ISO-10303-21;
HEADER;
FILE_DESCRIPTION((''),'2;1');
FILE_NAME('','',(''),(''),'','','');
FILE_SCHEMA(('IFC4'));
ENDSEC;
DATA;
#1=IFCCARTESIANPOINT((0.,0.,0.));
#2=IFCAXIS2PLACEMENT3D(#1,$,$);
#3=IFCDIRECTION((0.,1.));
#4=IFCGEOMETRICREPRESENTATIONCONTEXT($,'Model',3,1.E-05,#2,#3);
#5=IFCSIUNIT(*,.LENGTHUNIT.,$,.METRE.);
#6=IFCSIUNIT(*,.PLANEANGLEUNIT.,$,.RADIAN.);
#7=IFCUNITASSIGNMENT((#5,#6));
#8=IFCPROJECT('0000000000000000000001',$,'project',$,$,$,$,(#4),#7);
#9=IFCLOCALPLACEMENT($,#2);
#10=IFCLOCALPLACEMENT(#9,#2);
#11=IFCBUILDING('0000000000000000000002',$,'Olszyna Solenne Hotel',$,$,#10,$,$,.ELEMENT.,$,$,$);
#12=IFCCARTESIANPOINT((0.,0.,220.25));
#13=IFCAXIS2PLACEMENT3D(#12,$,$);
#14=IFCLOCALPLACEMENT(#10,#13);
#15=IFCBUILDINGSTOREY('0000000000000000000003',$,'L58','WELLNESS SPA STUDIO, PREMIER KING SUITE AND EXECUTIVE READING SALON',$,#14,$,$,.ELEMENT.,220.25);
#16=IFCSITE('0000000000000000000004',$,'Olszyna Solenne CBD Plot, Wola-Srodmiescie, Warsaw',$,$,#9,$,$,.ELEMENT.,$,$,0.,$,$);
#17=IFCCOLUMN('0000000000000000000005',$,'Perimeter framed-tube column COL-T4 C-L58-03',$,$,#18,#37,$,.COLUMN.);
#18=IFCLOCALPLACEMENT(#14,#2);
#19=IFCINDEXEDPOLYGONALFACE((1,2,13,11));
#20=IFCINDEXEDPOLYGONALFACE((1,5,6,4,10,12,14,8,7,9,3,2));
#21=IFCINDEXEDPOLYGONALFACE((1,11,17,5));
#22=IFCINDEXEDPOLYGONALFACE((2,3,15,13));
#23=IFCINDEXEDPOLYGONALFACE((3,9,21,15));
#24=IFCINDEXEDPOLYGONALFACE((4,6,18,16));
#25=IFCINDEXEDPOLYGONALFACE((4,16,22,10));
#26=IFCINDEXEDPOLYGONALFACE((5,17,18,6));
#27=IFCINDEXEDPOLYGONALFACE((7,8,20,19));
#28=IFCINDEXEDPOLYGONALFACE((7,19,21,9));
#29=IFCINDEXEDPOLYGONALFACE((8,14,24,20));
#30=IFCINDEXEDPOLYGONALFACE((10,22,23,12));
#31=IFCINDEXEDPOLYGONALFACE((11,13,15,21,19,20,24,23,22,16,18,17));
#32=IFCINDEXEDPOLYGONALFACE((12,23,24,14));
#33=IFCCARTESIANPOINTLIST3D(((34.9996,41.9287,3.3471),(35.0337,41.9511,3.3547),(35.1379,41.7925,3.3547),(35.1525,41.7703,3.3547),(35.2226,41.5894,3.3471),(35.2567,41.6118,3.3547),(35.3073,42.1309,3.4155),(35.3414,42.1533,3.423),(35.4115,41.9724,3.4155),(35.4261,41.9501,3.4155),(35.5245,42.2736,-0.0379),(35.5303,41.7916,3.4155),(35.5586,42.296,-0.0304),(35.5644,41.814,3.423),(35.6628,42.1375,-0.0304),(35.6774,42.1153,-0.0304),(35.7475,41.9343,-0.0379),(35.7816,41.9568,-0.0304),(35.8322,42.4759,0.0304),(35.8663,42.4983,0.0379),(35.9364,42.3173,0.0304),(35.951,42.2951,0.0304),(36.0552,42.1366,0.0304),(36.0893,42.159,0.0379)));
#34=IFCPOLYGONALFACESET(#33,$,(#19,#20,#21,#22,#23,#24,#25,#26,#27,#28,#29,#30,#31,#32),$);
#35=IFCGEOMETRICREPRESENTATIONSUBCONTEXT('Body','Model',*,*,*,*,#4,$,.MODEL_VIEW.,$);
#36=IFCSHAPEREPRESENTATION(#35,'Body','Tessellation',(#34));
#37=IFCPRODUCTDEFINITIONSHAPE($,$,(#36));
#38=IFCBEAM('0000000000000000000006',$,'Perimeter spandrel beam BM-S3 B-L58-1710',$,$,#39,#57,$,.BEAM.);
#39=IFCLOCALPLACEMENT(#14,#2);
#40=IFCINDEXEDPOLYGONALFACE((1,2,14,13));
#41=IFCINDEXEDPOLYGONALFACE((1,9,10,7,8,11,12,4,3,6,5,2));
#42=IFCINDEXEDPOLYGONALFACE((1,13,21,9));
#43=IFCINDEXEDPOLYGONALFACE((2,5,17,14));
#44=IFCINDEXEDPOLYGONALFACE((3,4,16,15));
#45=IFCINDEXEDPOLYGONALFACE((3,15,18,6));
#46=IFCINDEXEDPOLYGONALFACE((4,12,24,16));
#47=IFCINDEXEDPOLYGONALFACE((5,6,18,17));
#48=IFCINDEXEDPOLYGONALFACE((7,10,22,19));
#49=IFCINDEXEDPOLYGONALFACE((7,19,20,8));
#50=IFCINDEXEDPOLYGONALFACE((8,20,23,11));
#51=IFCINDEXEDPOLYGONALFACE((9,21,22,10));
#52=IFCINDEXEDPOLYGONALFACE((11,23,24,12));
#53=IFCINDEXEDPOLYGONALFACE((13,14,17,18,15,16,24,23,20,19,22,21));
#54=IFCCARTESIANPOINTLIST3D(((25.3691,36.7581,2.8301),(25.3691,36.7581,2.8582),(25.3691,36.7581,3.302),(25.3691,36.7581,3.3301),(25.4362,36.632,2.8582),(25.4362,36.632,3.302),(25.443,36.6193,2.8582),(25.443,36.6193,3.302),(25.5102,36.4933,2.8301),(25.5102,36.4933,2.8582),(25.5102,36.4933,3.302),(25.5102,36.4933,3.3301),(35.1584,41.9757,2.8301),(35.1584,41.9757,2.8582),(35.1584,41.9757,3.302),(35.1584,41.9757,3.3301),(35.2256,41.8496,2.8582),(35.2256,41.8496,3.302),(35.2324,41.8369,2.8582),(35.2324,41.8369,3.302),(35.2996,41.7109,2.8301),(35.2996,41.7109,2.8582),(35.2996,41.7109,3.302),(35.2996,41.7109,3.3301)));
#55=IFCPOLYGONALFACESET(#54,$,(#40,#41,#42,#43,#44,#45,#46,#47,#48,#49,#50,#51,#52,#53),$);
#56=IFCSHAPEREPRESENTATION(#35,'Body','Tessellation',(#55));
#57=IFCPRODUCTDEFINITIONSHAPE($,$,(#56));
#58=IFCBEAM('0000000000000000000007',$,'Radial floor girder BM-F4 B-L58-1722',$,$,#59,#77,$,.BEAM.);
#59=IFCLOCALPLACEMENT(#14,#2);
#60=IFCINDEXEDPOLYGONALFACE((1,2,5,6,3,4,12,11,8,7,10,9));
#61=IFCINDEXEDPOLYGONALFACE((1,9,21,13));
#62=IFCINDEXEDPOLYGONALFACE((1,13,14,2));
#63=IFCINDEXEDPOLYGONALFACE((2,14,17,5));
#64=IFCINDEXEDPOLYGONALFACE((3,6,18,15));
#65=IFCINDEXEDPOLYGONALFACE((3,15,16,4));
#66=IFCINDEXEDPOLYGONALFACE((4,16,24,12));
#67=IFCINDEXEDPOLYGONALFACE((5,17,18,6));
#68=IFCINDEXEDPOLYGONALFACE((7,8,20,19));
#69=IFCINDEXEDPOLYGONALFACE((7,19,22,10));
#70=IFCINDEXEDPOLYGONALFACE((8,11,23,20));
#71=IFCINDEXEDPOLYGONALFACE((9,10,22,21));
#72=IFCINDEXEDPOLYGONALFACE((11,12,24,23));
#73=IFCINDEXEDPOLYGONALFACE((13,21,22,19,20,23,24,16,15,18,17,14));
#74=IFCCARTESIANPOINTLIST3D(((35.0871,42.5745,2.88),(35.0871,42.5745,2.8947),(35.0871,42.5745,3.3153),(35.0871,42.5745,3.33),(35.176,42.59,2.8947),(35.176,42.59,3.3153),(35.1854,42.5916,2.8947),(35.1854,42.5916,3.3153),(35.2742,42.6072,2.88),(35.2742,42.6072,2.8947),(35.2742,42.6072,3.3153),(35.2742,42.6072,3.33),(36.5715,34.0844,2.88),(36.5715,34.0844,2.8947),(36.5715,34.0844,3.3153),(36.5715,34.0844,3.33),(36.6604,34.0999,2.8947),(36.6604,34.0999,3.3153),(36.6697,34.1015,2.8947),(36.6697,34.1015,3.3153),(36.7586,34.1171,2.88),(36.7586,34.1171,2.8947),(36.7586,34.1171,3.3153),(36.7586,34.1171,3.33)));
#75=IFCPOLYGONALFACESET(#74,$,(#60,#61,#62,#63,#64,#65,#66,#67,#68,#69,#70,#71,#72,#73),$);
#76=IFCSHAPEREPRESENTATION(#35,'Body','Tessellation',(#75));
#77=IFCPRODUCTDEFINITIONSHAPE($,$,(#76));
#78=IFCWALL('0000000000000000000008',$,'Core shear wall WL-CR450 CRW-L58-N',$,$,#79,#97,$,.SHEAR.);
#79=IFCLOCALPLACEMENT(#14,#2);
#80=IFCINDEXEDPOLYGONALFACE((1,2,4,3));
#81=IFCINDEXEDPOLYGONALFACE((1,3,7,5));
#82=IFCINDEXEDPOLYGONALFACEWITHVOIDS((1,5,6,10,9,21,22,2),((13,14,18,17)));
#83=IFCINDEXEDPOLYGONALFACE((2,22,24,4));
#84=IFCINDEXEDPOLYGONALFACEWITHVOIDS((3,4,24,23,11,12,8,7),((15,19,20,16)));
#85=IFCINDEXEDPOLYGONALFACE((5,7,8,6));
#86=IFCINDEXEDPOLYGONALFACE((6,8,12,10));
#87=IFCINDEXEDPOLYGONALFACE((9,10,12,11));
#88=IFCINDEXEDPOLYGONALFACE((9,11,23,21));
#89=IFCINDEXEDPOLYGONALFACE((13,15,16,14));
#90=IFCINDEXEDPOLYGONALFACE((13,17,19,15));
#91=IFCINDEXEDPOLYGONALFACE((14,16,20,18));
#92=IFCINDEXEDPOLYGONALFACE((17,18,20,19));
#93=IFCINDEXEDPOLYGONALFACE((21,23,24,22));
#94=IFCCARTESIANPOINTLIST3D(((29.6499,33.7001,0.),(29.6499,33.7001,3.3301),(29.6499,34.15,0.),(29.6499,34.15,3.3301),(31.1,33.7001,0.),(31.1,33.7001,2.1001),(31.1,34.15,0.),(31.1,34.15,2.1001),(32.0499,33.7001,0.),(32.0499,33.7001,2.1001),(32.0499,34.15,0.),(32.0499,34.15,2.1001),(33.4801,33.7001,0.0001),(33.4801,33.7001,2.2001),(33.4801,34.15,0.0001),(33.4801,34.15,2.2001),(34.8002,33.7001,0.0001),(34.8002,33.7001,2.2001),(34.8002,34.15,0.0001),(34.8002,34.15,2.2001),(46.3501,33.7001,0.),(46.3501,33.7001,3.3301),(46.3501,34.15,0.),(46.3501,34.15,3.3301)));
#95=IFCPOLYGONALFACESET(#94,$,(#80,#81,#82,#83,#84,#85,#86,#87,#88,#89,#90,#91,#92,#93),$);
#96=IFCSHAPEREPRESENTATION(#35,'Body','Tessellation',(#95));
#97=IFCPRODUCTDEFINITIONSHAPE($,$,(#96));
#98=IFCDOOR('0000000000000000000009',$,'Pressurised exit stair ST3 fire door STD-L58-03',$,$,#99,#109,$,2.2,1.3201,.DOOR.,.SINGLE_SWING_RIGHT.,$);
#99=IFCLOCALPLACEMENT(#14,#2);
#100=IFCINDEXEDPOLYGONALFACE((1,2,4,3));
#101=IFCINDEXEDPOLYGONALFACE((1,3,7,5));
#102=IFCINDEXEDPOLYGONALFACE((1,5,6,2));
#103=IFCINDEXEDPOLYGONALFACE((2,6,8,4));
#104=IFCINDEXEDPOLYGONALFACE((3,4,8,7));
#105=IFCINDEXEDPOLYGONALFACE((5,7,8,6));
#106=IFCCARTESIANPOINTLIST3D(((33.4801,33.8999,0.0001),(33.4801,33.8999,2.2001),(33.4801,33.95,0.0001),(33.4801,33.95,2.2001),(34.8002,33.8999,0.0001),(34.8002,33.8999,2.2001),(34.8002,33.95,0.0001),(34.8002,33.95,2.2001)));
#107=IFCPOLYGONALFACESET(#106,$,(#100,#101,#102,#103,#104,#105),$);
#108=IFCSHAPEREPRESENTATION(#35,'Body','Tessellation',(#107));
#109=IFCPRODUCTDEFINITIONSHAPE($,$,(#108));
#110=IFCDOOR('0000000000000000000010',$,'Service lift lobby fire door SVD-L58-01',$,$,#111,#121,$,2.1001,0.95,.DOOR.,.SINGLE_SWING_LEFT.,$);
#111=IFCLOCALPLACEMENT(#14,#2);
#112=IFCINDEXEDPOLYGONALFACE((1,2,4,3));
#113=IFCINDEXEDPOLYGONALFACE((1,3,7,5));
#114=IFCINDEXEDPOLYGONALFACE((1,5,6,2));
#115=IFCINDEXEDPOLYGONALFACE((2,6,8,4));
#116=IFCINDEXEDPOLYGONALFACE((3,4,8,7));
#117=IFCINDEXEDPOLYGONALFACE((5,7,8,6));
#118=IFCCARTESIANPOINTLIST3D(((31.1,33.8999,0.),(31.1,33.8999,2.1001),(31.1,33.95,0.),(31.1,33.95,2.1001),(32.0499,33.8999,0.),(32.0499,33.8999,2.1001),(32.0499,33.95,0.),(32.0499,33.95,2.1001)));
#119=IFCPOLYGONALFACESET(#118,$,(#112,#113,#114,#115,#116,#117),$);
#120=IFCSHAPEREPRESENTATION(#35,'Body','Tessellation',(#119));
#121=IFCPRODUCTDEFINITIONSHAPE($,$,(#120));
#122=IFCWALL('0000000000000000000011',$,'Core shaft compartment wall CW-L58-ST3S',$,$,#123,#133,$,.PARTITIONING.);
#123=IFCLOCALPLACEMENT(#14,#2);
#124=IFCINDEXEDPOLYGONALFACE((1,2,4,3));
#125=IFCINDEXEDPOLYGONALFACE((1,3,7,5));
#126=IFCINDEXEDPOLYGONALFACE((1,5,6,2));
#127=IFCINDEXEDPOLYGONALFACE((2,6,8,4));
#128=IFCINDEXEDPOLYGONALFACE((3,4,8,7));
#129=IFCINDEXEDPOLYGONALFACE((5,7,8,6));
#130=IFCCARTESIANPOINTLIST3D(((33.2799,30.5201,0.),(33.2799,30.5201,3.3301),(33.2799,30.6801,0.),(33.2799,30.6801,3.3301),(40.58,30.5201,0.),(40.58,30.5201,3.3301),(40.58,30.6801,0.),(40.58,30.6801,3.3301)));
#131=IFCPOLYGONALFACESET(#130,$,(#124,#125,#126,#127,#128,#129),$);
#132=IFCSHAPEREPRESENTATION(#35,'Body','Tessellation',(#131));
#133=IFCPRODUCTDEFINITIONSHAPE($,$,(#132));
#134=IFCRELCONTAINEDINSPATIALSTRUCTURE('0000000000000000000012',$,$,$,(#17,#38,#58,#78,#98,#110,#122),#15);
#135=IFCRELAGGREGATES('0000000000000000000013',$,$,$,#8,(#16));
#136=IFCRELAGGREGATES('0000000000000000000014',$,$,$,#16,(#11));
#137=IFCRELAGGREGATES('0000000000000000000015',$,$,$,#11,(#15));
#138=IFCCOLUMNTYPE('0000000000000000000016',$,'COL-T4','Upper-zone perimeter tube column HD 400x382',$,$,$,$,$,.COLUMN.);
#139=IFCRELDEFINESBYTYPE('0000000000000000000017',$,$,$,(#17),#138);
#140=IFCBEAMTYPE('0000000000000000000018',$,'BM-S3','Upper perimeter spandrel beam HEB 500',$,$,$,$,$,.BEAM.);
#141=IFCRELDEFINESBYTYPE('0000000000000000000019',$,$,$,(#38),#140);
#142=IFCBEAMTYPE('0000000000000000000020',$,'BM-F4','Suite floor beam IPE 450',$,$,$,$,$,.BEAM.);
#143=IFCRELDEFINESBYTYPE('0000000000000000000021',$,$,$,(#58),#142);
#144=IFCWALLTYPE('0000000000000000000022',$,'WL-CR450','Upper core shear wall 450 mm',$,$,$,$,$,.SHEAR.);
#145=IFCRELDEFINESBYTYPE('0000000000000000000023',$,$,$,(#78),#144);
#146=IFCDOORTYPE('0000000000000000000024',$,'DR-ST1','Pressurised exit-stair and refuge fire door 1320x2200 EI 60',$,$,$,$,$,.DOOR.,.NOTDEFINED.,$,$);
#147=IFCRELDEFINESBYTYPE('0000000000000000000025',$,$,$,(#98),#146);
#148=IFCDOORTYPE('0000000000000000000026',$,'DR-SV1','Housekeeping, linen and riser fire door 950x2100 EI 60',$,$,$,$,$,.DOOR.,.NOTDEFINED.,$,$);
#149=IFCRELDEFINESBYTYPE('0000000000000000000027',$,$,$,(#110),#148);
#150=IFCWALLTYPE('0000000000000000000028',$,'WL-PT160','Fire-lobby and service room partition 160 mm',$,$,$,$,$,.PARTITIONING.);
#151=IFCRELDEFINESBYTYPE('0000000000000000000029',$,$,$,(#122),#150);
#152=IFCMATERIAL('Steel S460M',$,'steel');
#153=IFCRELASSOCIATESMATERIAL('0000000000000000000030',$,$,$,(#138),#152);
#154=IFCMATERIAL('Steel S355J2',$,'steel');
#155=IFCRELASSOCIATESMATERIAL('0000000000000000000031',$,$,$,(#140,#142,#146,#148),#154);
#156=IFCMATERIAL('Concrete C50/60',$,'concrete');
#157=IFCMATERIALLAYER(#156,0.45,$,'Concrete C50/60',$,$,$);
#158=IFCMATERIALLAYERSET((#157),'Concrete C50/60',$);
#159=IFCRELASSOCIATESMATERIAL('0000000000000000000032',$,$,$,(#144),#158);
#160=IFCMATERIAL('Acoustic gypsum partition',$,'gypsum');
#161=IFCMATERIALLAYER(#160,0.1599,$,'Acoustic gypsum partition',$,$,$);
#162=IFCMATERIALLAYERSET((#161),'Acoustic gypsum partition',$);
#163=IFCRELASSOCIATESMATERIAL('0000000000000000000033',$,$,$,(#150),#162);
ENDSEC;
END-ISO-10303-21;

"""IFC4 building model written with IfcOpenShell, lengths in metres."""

from ifc_helpers import new_model, si_unit, direction, frame, frame_2d, origin, origin_2d, place, context, subcontext, project, spatial, rectangle, i_section, extrude, source, transform, mapped, material, layer, layer_set, material_profile, profile_set, type_object, type_shapes, element, fill, save


model = new_model("IFC4")

# Units and contexts
model_context = context("Model", 3, precision=1e-05, world=origin(), true_north=direction((0.0, 1.0)))
body_context = subcontext(model_context, "Body", "Model", "MODEL_VIEW")
ifc_project = project(units=[si_unit("LENGTHUNIT", "METRE"), si_unit("PLANEANGLEUNIT", "RADIAN")], contexts=[model_context])

# Site, building, storey
site_placement = place(None, origin())
site = spatial("IfcSite", under=ifc_project, at=site_placement, Name="Olszyna Solenne CBD Plot, Wola-Srodmiescie, Warsaw", CompositionType="ELEMENT", RefElevation=0.0)
building_placement = place(site_placement, origin())
building = spatial("IfcBuilding", under=site, at=building_placement, Name="Olszyna Solenne Hotel", CompositionType="ELEMENT")
storey_placement = place(building_placement, frame((0.0, 0.0, 220.25)))
storey = spatial("IfcBuildingStorey", under=building, at=storey_placement, Name="L58", Description="WELLNESS SPA STUDIO, PREMIER KING SUITE AND EXECUTIVE READING SALON", CompositionType="ELEMENT", Elevation=220.25)

# Column
ifc_material_1 = material(Name="Steel S460M", Category="steel")
ifc_material_profile_1 = material_profile(ifc_material_1, i_section(OverallWidth=0.406, OverallDepth=0.416, WebThickness=0.0266, FlangeThickness=0.0415, at=origin_2d()), Name="HD 400x382", Category="load-bearing")
ifc_profile_set_1 = profile_set([ifc_material_profile_1], Name="Steel S460M")
column_type = type_object("IfcColumnType", Name="COL-T4", Description="Upper-zone perimeter tube column HD 400x382", PredefinedType="COLUMN", material=ifc_profile_set_1)
shared_shape_1 = source(origin(), body_context, "Body", "SweptSolid", [
    extrude(i_section(OverallWidth=0.406, OverallDepth=0.416, WebThickness=0.0266, FlangeThickness=0.0415, at=origin_2d()), origin(), (0.0, 0.0, 1.0), 3.4429),
])
column_placement = place(storey_placement, frame((35.8069, 42.2163, 0.0), z_axis=(-0.152464, -0.100201, 0.983216), x_axis=(0.549217, -0.83568, 0.0)))
element("IfcColumn", 1, at=column_placement, inside=storey, type_object=column_type, Name="Perimeter framed-tube column COL-T4 C-L58-03", PredefinedType="COLUMN", context=body_context, shape_type="MappedRepresentation", body=[
    mapped(shared_shape_1, transform((0.0, 0.0, 0.0), x_axis=(1.0, 0.0, 0.0), y_axis=(0.0, 1.0, 0.0), z_axis=(0.0, 0.0, 1.0), scale=1.0)),
])

# Beams
ifc_material_2 = material(Name="Steel S355J2", Category="steel")
ifc_material_profile_2 = material_profile(ifc_material_2, i_section(OverallWidth=0.3, OverallDepth=0.5, WebThickness=0.0144, FlangeThickness=0.0281, at=origin_2d()), Name="HEB 500", Category="load-bearing")
ifc_profile_set_2 = profile_set([ifc_material_profile_2], Name="Steel S355J2")
beam_type_1 = type_object("IfcBeamType", Name="BM-S3", Description="Upper perimeter spandrel beam HEB 500", PredefinedType="BEAM", material=ifc_profile_set_2)
shared_shape_2 = source(origin(), body_context, "Body", "SweptSolid", [
    extrude(i_section(OverallWidth=0.3, OverallDepth=0.5, WebThickness=0.0144, FlangeThickness=0.0281, at=origin_2d()), origin(), (0.0, 0.0, 1.0), 11.093),
])
beam_1_placement = place(storey_placement, frame((35.229, 41.8433, 3.0801), z_axis=(-0.882481, -0.470347, 0.0), x_axis=(0.470347, -0.882481, 0.0)))
element("IfcBeam", 2, at=beam_1_placement, inside=storey, type_object=beam_type_1, Name="Perimeter spandrel beam BM-S3 B-L58-1710", PredefinedType="BEAM", context=body_context, shape_type="MappedRepresentation", body=[
    mapped(shared_shape_2, transform((0.0, 0.0, 0.0), x_axis=(1.0, 0.0, 0.0), y_axis=(0.0, 1.0, 0.0), z_axis=(0.0, 0.0, 1.0), scale=1.0)),
])
ifc_material_profile_3 = material_profile(ifc_material_2, i_section(OverallWidth=0.1899, OverallDepth=0.45, WebThickness=0.0095, FlangeThickness=0.0146, at=origin_2d()), Name="IPE 450", Category="load-bearing")
ifc_profile_set_3 = profile_set([ifc_material_profile_3], Name="Steel S355J2")
beam_type_2 = type_object("IfcBeamType", Name="BM-F4", Description="Suite floor beam IPE 450", PredefinedType="BEAM", material=ifc_profile_set_3)
shared_shape_3 = source(origin(), body_context, "Body", "SweptSolid", [
    extrude(i_section(OverallWidth=0.1899, OverallDepth=0.45, WebThickness=0.0095, FlangeThickness=0.0146, at=origin_2d()), origin(), (0.0, 0.0, 1.0), 8.6189),
])
beam_2_placement = place(storey_placement, frame((35.1807, 42.5908, 3.105), z_axis=(0.172226, -0.985058, 0.0), x_axis=(0.985058, 0.172226, 0.0)))
element("IfcBeam", 3, at=beam_2_placement, inside=storey, type_object=beam_type_2, Name="Radial floor girder BM-F4 B-L58-1722", PredefinedType="BEAM", context=body_context, shape_type="MappedRepresentation", body=[
    mapped(shared_shape_3, transform((0.0, 0.0, 0.0), x_axis=(1.0, 0.0, 0.0), y_axis=(0.0, 1.0, 0.0), z_axis=(0.0, 0.0, 1.0), scale=1.0)),
])

# Wall, openings, doors
ifc_material_3 = material(Name="Concrete C50/60", Category="concrete")
ifc_layer_1 = layer(ifc_material_3, 0.45, Name="Concrete C50/60")
ifc_layer_set_1 = layer_set([ifc_layer_1], Name="Concrete C50/60")
wall_type_1 = type_object("IfcWallType", Name="WL-CR450", Description="Upper core shear wall 450 mm", PredefinedType="SHEAR", material=ifc_layer_set_1)
wall_1_placement = place(storey_placement, frame((29.6499, 33.925, 0.0), z_axis=(0.0, 0.0, 1.0), x_axis=(1.0, 0.0, 0.0)))
wall_1 = element("IfcWall", 4, at=wall_1_placement, inside=storey, type_object=wall_type_1, Name="Core shear wall WL-CR450 CRW-L58-N", PredefinedType="SHEAR", context=body_context, shape_type="SweptSolid", body=[
    extrude(rectangle(XDim=16.7002, YDim=0.45, at=frame_2d((8.3501, 0.0))), origin(), (0.0, 0.0, 1.0), 3.3301),
])
opening_1_placement = place(wall_1_placement, frame((1.45, 0.0, 0.0)))
opening_1 = element("IfcOpeningElement", 5, at=opening_1_placement, cuts=wall_1, PredefinedType="OPENING", context=body_context, shape_type="SweptSolid", body=[
    extrude(rectangle(XDim=0.95, YDim=2.1001, at=frame_2d((0.4751, 1.05))), frame((0.0, 0.2349, 0.0), z_axis=(0.0, -1.0, 0.0), x_axis=(1.0, 0.0, 0.0)), (0.0, 0.0, 1.0), 0.47),
])
opening_2_placement = place(wall_1_placement, frame((3.8301, 0.0, 0.0)))
opening_2 = element("IfcOpeningElement", 6, at=opening_2_placement, cuts=wall_1, PredefinedType="OPENING", context=body_context, shape_type="SweptSolid", body=[
    extrude(rectangle(XDim=1.3201, YDim=2.2, at=frame_2d((0.6602, 1.1001))), frame((0.0, 0.2349, 0.0), z_axis=(0.0, -1.0, 0.0), x_axis=(1.0, 0.0, 0.0)), (0.0, 0.0, 1.0), 0.47),
])
door_type_1 = type_object("IfcDoorType", Name="DR-ST1", Description="Pressurised exit-stair and refuge fire door 1320x2200 EI 60", OperationType="NOTDEFINED", PredefinedType="DOOR", material=ifc_material_2)
shared_shape_4 = source(origin(), body_context, "Body", "SweptSolid", [
    extrude(rectangle(XDim=1.3201, YDim=2.2, at=frame_2d((0.6602, 1.1001))), frame((0.0, 0.0249, 0.0), z_axis=(0.0, -1.0, 0.0), x_axis=(1.0, 0.0, 0.0)), (0.0, 0.0, 1.0), 0.05),
])
type_shapes(door_type_1, [shared_shape_4])
door_1_placement = place(opening_2_placement, origin())
door_1 = element("IfcDoor", 7, at=door_1_placement, inside=storey, type_object=door_type_1, Name="Pressurised exit stair ST3 fire door STD-L58-03", OperationType="SINGLE_SWING_RIGHT", OverallHeight=2.2, OverallWidth=1.3201, PredefinedType="DOOR", context=body_context, shape_type="MappedRepresentation", body=[
    mapped(shared_shape_4, transform((0.0, 0.0, 0.0), x_axis=(1.0, 0.0, 0.0), y_axis=(0.0, 1.0, 0.0), z_axis=(0.0, 0.0, 1.0), scale=1.0)),
])
fill(opening_2, door_1)
door_type_2 = type_object("IfcDoorType", Name="DR-SV1", Description="Housekeeping, linen and riser fire door 950x2100 EI 60", OperationType="NOTDEFINED", PredefinedType="DOOR", material=ifc_material_2)
shared_shape_5 = source(origin(), body_context, "Body", "SweptSolid", [
    extrude(rectangle(XDim=0.95, YDim=2.1001, at=frame_2d((0.4751, 1.05))), frame((0.0, 0.0249, 0.0), z_axis=(0.0, -1.0, 0.0), x_axis=(1.0, 0.0, 0.0)), (0.0, 0.0, 1.0), 0.05),
])
type_shapes(door_type_2, [shared_shape_5])
door_2_placement = place(opening_1_placement, origin())
door_2 = element("IfcDoor", 8, at=door_2_placement, inside=storey, type_object=door_type_2, Name="Service lift lobby fire door SVD-L58-01", OperationType="SINGLE_SWING_LEFT", OverallHeight=2.1001, OverallWidth=0.95, PredefinedType="DOOR", context=body_context, shape_type="MappedRepresentation", body=[
    mapped(shared_shape_5, transform((0.0, 0.0, 0.0), x_axis=(1.0, 0.0, 0.0), y_axis=(0.0, 1.0, 0.0), z_axis=(0.0, 0.0, 1.0), scale=1.0)),
])
fill(opening_1, door_2)

# Wall
ifc_material_4 = material(Name="Acoustic gypsum partition", Category="gypsum")
ifc_layer_2 = layer(ifc_material_4, 0.1599, Name="Acoustic gypsum partition")
ifc_layer_set_2 = layer_set([ifc_layer_2], Name="Acoustic gypsum partition")
wall_type_2 = type_object("IfcWallType", Name="WL-PT160", Description="Fire-lobby and service room partition 160 mm", PredefinedType="PARTITIONING", material=ifc_layer_set_2)
wall_2_placement = place(storey_placement, frame((33.28, 30.6001, 0.0), z_axis=(0.0, 0.0, 1.0), x_axis=(1.0, 0.0, 0.0)))
element("IfcWall", 9, at=wall_2_placement, inside=storey, type_object=wall_type_2, Name="Core shaft compartment wall CW-L58-ST3S", PredefinedType="PARTITIONING", context=body_context, shape_type="SweptSolid", body=[
    extrude(rectangle(XDim=7.3, YDim=0.1599, at=frame_2d((3.6499, 0.0))), origin(), (0.0, 0.0, 1.0), 3.3301),
])

save(model, "model.ifc")
